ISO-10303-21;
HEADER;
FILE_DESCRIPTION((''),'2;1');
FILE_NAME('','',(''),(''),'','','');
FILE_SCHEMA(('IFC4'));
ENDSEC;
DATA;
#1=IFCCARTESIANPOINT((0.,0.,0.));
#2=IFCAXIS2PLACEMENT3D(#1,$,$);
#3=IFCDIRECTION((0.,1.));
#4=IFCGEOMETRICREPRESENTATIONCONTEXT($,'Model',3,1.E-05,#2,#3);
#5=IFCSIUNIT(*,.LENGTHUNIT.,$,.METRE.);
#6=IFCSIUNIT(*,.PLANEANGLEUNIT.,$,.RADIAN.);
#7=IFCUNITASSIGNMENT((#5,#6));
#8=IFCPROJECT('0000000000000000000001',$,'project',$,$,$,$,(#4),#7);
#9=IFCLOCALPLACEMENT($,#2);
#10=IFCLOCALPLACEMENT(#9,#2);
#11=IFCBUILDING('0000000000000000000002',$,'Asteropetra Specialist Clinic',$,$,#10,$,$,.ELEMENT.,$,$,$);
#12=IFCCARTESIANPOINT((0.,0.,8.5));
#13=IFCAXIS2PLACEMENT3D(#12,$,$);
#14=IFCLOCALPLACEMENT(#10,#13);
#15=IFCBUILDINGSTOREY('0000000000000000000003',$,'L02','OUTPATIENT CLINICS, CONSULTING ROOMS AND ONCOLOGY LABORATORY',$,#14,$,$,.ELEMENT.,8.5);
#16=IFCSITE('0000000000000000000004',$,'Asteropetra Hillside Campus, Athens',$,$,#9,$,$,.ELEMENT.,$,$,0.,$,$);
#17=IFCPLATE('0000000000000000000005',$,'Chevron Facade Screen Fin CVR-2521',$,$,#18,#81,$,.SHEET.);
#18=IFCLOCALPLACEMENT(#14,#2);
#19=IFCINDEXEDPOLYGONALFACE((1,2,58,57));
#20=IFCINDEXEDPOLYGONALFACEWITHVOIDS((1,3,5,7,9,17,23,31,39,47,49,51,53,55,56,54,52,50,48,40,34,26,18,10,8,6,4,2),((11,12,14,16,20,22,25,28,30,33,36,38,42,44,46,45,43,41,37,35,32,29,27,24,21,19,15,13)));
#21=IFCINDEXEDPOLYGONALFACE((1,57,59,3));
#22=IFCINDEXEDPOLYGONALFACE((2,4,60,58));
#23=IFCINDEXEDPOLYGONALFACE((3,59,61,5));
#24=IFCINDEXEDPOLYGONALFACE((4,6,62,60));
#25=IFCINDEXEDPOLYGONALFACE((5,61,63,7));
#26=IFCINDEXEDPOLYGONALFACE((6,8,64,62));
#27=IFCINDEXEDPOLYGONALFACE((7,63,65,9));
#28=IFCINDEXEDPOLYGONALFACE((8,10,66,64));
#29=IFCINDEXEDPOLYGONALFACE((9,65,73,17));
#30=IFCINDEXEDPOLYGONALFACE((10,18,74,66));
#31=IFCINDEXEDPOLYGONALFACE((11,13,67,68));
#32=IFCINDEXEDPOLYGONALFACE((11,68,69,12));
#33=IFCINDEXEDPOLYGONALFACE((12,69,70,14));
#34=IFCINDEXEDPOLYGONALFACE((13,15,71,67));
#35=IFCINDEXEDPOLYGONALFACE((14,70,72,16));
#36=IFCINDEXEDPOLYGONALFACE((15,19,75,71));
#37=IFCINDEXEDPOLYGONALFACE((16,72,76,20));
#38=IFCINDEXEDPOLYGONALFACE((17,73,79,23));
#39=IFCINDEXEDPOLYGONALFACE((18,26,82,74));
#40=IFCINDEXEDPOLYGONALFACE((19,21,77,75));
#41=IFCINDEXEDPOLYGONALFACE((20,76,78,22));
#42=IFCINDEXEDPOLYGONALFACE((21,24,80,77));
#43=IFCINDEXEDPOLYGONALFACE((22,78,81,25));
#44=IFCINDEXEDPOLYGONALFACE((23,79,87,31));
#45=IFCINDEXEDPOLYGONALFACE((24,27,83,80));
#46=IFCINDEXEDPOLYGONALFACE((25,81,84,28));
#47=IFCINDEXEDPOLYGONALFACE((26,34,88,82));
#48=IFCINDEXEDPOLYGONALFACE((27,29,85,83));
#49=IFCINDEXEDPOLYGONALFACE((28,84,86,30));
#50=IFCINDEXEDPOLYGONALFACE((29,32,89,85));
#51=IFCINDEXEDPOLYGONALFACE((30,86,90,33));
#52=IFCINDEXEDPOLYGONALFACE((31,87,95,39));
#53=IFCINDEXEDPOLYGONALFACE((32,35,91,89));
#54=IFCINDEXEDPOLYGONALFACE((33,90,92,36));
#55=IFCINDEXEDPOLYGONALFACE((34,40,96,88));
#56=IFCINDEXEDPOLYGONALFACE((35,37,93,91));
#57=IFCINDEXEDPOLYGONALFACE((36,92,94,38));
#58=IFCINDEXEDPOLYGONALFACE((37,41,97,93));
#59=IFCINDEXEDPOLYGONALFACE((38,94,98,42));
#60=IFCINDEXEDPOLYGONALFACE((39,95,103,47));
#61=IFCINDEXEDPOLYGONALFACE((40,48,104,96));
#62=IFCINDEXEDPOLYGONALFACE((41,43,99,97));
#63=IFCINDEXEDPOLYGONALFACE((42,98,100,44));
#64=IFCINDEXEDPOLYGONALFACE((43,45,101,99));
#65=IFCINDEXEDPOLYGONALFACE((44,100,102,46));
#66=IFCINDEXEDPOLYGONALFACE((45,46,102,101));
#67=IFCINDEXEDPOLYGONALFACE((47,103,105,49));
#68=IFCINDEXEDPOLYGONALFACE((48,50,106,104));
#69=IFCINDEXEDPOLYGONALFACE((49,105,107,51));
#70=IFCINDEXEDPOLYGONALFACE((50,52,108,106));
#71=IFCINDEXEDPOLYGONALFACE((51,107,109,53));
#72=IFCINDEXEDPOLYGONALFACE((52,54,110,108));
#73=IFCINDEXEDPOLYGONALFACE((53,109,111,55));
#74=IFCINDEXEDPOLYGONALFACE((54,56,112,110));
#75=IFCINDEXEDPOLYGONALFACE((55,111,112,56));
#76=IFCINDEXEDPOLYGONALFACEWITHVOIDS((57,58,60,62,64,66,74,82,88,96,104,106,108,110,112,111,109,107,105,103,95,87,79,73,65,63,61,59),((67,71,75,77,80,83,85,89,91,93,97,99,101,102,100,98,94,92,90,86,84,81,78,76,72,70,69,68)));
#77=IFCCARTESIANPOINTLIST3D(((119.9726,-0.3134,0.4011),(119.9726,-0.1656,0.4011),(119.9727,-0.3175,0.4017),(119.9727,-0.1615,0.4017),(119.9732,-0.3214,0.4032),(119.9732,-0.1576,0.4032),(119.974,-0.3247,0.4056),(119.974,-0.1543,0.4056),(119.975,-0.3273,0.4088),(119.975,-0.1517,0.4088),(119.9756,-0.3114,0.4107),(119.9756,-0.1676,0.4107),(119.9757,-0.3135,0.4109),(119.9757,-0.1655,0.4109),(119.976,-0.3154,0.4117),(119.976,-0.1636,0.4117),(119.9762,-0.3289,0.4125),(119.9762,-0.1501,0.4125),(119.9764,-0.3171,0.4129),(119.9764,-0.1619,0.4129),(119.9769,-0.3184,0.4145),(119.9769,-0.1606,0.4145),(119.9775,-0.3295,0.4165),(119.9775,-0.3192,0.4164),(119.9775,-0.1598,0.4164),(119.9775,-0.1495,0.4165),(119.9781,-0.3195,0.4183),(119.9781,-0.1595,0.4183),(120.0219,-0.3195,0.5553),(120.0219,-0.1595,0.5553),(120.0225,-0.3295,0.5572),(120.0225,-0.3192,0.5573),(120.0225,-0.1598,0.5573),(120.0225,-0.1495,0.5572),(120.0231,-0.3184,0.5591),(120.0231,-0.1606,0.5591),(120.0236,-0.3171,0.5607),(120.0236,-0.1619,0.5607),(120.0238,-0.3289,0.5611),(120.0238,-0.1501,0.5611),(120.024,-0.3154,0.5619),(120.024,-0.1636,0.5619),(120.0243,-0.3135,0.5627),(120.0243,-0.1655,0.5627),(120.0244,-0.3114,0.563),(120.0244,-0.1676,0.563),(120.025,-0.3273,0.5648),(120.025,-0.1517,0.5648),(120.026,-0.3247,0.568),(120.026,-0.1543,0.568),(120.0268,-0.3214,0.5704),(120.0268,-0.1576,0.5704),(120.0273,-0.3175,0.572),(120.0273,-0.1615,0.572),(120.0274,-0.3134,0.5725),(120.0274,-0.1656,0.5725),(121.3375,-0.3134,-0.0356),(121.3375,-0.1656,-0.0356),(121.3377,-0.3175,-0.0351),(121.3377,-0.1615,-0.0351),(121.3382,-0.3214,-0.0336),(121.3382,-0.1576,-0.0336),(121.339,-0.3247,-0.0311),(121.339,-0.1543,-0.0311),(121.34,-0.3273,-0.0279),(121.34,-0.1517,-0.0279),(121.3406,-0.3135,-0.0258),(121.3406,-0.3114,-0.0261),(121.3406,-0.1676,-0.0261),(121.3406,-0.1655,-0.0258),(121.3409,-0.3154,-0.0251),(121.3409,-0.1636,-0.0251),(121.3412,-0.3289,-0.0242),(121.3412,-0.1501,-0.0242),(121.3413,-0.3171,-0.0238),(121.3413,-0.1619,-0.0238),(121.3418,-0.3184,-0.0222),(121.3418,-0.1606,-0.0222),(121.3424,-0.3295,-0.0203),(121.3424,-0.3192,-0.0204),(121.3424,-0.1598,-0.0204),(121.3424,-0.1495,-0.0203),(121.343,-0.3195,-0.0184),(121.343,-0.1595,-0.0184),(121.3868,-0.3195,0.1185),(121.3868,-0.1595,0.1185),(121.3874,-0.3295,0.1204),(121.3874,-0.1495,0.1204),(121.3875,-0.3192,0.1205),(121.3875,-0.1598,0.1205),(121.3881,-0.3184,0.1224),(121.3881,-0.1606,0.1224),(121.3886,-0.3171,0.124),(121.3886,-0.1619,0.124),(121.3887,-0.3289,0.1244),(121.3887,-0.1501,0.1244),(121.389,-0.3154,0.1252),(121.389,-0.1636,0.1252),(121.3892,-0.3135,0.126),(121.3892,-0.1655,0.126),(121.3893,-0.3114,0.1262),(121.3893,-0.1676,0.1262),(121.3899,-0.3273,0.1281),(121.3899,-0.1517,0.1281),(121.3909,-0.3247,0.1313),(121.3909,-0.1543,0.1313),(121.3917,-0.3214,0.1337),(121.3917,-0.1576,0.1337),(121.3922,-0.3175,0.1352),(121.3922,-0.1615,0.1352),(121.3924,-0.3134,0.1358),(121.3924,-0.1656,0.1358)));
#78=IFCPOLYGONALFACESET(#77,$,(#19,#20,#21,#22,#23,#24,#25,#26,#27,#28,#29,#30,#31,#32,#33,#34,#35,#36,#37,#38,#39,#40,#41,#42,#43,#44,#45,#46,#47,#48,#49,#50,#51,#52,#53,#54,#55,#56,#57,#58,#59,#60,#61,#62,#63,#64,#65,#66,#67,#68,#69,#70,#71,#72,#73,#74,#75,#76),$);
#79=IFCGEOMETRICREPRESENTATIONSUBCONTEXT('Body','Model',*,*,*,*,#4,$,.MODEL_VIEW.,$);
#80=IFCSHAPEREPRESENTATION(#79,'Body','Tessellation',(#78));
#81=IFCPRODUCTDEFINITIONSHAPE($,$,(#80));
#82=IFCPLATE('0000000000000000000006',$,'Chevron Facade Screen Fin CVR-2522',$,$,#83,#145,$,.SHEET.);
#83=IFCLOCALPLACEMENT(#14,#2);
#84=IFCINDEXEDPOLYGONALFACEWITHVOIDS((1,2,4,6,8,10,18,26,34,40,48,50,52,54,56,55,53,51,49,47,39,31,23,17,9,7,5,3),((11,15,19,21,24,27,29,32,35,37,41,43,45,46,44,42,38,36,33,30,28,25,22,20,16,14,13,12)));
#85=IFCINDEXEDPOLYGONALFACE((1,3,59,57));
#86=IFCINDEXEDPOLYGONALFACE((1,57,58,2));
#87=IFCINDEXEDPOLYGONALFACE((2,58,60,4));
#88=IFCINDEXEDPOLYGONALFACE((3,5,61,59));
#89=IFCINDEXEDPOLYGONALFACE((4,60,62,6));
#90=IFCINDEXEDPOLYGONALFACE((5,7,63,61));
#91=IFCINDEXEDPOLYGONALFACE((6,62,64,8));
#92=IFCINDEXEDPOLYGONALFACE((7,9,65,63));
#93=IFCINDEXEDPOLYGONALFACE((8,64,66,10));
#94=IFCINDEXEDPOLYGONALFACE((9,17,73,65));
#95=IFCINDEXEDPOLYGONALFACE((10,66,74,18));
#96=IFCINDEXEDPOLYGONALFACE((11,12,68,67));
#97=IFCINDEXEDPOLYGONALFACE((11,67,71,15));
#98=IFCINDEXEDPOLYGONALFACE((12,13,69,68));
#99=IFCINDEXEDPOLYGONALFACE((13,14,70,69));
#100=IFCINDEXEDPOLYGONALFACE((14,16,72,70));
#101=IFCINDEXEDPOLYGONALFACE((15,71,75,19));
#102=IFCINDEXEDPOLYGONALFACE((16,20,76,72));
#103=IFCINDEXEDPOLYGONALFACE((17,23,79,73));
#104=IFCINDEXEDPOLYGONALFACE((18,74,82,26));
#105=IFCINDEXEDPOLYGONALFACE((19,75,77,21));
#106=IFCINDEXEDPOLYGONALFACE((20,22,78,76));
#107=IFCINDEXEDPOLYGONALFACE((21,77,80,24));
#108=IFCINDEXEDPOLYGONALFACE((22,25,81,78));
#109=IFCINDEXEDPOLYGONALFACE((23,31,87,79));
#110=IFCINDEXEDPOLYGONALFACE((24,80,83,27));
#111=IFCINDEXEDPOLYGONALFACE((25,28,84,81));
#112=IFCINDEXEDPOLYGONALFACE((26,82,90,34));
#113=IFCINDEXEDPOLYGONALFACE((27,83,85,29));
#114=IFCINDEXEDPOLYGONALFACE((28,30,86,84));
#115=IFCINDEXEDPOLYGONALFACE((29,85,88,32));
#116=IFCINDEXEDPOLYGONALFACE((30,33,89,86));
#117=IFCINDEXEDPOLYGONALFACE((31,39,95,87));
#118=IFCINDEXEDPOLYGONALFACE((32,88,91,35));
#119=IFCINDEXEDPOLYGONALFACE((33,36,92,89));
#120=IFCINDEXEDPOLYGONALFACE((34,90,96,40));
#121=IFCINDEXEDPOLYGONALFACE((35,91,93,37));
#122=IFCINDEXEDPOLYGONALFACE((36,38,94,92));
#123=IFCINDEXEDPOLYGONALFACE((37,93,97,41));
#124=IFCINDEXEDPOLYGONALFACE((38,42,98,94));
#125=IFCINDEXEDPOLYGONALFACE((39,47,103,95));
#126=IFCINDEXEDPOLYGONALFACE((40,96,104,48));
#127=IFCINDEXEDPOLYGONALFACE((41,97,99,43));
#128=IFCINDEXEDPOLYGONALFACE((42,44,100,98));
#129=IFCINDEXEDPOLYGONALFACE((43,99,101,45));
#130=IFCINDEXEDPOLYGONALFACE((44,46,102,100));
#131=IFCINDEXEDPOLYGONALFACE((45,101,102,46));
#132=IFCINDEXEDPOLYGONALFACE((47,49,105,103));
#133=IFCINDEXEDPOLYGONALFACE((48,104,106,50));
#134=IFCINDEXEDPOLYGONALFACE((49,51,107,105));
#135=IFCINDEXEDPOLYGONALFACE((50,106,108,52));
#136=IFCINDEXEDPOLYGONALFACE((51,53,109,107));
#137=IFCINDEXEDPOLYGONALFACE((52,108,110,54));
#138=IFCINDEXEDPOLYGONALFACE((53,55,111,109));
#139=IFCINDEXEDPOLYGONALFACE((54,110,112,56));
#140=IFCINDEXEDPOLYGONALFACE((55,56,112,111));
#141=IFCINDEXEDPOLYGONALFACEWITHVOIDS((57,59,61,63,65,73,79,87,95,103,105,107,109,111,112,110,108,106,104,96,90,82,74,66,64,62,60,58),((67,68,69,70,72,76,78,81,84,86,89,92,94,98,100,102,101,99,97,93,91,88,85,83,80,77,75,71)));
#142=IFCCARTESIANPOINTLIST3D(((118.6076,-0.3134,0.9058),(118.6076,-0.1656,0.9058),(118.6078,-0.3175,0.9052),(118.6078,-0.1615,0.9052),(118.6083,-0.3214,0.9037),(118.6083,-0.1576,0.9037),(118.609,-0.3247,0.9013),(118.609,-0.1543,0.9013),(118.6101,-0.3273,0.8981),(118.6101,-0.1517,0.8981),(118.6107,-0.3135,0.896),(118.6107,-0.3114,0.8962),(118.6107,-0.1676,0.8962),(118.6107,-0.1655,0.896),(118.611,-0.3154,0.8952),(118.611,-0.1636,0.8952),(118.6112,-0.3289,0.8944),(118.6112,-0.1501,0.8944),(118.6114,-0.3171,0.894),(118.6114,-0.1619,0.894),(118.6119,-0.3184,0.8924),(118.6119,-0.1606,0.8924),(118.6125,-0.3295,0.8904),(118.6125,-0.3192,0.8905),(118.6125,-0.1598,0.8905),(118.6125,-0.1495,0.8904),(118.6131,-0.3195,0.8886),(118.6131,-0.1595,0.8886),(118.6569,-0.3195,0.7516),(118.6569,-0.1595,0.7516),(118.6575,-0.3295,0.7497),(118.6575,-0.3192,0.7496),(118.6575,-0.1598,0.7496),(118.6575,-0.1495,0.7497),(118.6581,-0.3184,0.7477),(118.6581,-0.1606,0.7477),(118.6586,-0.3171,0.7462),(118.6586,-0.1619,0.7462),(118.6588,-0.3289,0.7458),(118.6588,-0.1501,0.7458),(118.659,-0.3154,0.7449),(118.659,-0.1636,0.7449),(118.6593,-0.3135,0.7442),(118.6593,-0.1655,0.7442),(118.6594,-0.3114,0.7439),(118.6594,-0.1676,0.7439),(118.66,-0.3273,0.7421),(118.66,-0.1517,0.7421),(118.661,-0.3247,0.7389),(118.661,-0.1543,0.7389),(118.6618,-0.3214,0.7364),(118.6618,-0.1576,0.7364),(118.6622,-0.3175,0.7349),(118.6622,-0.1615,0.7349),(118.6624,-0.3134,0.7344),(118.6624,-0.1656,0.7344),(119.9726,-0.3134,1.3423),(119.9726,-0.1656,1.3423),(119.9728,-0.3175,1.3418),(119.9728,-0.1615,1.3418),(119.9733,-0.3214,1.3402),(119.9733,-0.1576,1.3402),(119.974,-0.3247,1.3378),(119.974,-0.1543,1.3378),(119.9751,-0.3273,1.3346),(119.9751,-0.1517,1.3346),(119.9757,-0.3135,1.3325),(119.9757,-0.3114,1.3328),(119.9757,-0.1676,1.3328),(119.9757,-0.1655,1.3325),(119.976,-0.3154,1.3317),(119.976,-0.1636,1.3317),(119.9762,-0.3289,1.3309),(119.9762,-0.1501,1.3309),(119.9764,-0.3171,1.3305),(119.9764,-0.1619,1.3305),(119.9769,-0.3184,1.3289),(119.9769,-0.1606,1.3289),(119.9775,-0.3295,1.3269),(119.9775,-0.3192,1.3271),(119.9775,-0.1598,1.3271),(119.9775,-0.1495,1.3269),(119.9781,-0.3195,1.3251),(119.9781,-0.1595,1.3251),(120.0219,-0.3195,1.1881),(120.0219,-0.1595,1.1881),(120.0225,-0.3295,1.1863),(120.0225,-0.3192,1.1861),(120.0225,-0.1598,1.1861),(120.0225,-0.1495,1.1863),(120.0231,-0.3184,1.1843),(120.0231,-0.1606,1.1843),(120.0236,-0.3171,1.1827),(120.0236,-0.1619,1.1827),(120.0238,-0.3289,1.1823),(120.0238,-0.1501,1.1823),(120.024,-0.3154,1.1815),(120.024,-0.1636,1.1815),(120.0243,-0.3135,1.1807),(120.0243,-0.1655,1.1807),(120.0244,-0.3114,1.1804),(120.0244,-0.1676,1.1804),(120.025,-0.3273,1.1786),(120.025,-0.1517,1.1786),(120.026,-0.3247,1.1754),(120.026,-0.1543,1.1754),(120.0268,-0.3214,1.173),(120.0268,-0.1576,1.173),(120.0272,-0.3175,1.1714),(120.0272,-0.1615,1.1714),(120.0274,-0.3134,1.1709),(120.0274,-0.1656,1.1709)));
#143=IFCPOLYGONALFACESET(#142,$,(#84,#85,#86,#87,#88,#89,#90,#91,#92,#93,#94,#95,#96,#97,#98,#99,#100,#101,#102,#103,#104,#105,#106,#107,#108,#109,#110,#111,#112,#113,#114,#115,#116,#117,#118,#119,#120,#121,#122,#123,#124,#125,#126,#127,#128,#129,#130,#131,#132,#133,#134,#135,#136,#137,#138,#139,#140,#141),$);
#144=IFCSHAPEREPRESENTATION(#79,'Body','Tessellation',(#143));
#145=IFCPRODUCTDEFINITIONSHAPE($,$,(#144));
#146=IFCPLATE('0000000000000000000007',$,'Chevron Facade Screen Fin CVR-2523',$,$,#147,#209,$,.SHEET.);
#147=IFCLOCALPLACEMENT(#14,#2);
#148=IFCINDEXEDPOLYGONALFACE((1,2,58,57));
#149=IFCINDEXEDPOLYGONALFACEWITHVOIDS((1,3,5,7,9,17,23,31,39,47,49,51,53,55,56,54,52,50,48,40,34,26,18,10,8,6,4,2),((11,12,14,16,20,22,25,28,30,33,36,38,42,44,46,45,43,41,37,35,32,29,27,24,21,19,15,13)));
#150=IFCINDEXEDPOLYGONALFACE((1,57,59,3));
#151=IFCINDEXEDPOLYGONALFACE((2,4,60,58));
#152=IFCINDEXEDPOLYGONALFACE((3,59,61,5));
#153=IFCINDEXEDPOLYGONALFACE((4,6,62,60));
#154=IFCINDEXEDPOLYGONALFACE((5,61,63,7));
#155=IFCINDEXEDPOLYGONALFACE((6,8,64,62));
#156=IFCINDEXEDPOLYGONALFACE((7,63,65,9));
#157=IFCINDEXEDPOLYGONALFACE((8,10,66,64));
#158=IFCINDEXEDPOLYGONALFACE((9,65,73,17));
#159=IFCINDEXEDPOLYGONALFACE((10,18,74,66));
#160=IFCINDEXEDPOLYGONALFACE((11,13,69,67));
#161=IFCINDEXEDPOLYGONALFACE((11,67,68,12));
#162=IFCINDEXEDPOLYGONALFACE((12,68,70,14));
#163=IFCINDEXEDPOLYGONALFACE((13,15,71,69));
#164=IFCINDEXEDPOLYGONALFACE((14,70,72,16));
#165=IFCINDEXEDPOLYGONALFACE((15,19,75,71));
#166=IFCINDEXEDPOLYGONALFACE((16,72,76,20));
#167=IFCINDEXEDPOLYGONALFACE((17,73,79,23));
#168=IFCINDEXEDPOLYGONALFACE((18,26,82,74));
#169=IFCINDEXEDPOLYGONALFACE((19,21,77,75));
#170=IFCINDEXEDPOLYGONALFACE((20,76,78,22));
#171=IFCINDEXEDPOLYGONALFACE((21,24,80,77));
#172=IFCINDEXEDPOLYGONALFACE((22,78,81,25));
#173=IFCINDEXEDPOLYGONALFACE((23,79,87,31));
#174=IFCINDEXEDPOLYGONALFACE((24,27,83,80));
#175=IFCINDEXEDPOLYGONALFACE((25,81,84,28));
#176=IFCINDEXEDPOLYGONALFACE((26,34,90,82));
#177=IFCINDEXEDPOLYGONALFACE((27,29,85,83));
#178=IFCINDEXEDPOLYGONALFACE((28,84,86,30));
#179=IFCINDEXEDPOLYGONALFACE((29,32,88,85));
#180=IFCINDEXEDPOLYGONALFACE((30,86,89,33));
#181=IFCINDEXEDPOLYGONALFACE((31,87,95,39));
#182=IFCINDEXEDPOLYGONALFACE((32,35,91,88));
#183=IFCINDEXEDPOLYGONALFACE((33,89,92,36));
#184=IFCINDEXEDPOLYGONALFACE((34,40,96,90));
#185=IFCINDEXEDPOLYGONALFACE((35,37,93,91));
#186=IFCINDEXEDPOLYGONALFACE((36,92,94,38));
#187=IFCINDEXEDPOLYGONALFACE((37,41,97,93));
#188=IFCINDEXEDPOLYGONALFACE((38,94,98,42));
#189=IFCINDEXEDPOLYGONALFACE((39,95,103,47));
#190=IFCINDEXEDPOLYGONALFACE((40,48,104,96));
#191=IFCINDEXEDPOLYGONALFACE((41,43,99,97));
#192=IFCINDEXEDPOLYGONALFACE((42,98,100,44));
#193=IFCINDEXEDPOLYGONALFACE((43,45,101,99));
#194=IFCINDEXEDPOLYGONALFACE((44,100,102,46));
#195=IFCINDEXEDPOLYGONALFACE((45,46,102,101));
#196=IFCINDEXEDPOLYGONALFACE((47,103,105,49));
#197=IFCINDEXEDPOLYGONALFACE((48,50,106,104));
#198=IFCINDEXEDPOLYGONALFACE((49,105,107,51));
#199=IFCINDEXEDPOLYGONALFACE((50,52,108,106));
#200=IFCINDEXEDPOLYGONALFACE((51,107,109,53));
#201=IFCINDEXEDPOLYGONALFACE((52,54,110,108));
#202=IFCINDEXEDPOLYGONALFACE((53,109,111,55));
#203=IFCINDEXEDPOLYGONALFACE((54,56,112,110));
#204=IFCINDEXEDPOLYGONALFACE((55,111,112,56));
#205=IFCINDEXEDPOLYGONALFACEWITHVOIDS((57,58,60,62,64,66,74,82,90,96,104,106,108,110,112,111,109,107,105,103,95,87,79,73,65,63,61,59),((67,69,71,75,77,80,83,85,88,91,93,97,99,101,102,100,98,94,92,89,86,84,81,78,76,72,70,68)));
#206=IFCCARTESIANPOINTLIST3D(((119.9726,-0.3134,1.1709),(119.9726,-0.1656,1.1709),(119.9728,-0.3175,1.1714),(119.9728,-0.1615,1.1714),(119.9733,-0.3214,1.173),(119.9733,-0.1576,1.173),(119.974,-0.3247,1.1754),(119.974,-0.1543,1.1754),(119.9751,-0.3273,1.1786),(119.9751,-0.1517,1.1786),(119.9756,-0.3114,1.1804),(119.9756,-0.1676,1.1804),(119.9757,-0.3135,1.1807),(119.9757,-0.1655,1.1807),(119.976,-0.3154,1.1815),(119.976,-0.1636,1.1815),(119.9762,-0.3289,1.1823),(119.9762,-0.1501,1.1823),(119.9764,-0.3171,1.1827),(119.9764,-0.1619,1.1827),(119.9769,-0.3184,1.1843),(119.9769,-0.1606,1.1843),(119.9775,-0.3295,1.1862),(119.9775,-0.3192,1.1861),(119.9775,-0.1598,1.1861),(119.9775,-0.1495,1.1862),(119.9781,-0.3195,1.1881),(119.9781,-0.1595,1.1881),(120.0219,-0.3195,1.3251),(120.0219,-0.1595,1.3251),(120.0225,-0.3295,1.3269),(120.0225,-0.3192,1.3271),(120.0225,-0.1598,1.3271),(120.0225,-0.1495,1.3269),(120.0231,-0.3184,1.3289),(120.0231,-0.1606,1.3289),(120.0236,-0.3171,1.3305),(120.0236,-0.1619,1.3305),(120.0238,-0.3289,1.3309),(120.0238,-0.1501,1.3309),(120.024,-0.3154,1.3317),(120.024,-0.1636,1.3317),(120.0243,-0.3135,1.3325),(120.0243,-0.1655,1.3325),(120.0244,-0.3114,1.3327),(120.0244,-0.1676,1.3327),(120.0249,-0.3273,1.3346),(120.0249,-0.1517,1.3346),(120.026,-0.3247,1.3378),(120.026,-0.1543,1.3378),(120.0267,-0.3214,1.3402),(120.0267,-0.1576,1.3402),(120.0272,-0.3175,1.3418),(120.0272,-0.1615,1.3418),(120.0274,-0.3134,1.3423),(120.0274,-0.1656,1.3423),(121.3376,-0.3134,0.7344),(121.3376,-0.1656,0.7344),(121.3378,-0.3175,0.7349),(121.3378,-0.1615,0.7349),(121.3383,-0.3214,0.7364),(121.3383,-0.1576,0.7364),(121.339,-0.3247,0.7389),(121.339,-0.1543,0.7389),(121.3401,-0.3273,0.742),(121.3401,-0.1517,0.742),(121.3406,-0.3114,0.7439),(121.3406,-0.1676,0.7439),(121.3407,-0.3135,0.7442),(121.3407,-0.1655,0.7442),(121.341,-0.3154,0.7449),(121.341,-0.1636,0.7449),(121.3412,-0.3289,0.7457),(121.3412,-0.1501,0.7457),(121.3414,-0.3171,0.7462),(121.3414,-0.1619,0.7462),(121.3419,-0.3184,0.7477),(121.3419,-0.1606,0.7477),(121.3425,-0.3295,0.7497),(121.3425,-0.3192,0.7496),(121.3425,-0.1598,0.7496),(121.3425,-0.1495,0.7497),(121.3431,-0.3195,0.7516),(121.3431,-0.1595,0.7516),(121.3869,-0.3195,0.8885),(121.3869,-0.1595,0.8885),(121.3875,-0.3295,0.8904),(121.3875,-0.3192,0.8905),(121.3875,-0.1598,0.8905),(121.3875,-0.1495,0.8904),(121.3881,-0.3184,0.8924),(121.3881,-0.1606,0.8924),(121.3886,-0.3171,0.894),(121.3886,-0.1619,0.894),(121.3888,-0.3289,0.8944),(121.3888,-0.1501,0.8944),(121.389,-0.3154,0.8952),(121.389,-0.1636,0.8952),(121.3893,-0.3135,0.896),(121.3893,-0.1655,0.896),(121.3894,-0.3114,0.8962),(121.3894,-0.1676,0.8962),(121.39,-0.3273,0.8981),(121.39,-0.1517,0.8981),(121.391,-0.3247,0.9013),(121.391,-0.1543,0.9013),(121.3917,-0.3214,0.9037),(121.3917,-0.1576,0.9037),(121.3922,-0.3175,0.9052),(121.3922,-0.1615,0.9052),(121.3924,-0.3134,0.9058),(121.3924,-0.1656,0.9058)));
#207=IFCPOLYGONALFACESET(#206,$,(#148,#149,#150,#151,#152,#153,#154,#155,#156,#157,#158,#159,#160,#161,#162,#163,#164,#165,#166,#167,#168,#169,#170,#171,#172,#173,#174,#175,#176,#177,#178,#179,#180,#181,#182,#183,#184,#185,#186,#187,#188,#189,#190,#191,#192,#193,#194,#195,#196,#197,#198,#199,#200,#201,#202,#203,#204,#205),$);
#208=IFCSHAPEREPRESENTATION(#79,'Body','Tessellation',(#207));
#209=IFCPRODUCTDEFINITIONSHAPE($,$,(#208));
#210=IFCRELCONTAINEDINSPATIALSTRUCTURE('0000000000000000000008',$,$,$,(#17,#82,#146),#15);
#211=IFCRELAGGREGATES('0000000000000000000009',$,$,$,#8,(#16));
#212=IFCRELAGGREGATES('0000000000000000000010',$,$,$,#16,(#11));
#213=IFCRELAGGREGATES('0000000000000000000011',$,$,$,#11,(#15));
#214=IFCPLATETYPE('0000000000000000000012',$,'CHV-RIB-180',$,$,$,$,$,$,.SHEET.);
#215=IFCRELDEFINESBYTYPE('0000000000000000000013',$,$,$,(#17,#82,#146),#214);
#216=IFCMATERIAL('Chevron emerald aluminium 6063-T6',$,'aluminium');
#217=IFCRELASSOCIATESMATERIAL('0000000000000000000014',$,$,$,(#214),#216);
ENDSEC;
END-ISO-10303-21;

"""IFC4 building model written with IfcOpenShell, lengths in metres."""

from ifc_helpers import new_model, si_unit, direction, frame, origin, origin_2d, place, context, subcontext, project, spatial, hollow_rectangle, extrude, material, material_profile, profile_set, type_object, element, save


model = new_model("IFC4")

# Units and contexts
model_context = context("Model", 3, precision=1e-05, world=origin(), true_north=direction((0.0, 1.0)))
body_context = subcontext(model_context, "Body", "Model", "MODEL_VIEW")
ifc_project = project(units=[si_unit("LENGTHUNIT", "METRE"), si_unit("PLANEANGLEUNIT", "RADIAN")], contexts=[model_context])

# Site, building, storey
site_placement = place(None, origin())
site = spatial("IfcSite", under=ifc_project, at=site_placement, Name="Asteropetra Hillside Campus, Athens", CompositionType="ELEMENT", RefElevation=0.0)
building_placement = place(site_placement, origin())
building = spatial("IfcBuilding", under=site, at=building_placement, Name="Asteropetra Specialist Clinic", CompositionType="ELEMENT")
storey_placement = place(building_placement, frame((0.0, 0.0, 8.5)))
storey = spatial("IfcBuildingStorey", under=building, at=storey_placement, Name="L02", Description="OUTPATIENT CLINICS, CONSULTING ROOMS AND ONCOLOGY LABORATORY", CompositionType="ELEMENT", Elevation=8.5)

# Plates
ifc_material_1 = material(Name="Chevron emerald aluminium 6063-T6", Category="aluminium")
ifc_material_profile = material_profile(ifc_material_1, hollow_rectangle(XDim=0.1799, YDim=0.1799, WallThickness=0.01, InnerFilletRadius=0.0081, OuterFilletRadius=0.0161, at=origin_2d()), Name="SHS 180x180x10.0")
ifc_profile_set = profile_set([ifc_material_profile], Name="Chevron emerald aluminium 6063-T6")
plate_type = type_object("IfcPlateType", Name="CHV-RIB-180", PredefinedType="SHEET", material=ifc_profile_set)
for number, where, z_axis, x_axis, name in (
    (1, (120.0, -0.2395, 0.4868), (0.95243, 0.0, -0.304757), (0.0, 1.0, 0.0), "Chevron Facade Screen Fin CVR-2521"),
    (2, (118.635, -0.2395, 0.8201), (0.95248, 0.0, 0.304603), (0.0, 1.0, 0.0), "Chevron Facade Screen Fin CVR-2522"),
    (3, (120.0, -0.2395, 1.2566), (0.95248, 0.0, -0.304603), (0.0, 1.0, 0.0), "Chevron Facade Screen Fin CVR-2523"),
):
    element("IfcPlate", number, at=place(storey_placement, frame(where, z_axis=z_axis, x_axis=x_axis)), inside=storey, type_object=plate_type, Name=name, PredefinedType="SHEET", context=body_context, shape_type="SweptSolid", body=[
        extrude(hollow_rectangle(XDim=0.1799, YDim=0.1799, WallThickness=0.01, InnerFilletRadius=0.0081, OuterFilletRadius=0.0161, at=origin_2d()), origin(), (0.0, 0.0, 1.0), 1.4331),
    ])

save(model, "model.ifc")
